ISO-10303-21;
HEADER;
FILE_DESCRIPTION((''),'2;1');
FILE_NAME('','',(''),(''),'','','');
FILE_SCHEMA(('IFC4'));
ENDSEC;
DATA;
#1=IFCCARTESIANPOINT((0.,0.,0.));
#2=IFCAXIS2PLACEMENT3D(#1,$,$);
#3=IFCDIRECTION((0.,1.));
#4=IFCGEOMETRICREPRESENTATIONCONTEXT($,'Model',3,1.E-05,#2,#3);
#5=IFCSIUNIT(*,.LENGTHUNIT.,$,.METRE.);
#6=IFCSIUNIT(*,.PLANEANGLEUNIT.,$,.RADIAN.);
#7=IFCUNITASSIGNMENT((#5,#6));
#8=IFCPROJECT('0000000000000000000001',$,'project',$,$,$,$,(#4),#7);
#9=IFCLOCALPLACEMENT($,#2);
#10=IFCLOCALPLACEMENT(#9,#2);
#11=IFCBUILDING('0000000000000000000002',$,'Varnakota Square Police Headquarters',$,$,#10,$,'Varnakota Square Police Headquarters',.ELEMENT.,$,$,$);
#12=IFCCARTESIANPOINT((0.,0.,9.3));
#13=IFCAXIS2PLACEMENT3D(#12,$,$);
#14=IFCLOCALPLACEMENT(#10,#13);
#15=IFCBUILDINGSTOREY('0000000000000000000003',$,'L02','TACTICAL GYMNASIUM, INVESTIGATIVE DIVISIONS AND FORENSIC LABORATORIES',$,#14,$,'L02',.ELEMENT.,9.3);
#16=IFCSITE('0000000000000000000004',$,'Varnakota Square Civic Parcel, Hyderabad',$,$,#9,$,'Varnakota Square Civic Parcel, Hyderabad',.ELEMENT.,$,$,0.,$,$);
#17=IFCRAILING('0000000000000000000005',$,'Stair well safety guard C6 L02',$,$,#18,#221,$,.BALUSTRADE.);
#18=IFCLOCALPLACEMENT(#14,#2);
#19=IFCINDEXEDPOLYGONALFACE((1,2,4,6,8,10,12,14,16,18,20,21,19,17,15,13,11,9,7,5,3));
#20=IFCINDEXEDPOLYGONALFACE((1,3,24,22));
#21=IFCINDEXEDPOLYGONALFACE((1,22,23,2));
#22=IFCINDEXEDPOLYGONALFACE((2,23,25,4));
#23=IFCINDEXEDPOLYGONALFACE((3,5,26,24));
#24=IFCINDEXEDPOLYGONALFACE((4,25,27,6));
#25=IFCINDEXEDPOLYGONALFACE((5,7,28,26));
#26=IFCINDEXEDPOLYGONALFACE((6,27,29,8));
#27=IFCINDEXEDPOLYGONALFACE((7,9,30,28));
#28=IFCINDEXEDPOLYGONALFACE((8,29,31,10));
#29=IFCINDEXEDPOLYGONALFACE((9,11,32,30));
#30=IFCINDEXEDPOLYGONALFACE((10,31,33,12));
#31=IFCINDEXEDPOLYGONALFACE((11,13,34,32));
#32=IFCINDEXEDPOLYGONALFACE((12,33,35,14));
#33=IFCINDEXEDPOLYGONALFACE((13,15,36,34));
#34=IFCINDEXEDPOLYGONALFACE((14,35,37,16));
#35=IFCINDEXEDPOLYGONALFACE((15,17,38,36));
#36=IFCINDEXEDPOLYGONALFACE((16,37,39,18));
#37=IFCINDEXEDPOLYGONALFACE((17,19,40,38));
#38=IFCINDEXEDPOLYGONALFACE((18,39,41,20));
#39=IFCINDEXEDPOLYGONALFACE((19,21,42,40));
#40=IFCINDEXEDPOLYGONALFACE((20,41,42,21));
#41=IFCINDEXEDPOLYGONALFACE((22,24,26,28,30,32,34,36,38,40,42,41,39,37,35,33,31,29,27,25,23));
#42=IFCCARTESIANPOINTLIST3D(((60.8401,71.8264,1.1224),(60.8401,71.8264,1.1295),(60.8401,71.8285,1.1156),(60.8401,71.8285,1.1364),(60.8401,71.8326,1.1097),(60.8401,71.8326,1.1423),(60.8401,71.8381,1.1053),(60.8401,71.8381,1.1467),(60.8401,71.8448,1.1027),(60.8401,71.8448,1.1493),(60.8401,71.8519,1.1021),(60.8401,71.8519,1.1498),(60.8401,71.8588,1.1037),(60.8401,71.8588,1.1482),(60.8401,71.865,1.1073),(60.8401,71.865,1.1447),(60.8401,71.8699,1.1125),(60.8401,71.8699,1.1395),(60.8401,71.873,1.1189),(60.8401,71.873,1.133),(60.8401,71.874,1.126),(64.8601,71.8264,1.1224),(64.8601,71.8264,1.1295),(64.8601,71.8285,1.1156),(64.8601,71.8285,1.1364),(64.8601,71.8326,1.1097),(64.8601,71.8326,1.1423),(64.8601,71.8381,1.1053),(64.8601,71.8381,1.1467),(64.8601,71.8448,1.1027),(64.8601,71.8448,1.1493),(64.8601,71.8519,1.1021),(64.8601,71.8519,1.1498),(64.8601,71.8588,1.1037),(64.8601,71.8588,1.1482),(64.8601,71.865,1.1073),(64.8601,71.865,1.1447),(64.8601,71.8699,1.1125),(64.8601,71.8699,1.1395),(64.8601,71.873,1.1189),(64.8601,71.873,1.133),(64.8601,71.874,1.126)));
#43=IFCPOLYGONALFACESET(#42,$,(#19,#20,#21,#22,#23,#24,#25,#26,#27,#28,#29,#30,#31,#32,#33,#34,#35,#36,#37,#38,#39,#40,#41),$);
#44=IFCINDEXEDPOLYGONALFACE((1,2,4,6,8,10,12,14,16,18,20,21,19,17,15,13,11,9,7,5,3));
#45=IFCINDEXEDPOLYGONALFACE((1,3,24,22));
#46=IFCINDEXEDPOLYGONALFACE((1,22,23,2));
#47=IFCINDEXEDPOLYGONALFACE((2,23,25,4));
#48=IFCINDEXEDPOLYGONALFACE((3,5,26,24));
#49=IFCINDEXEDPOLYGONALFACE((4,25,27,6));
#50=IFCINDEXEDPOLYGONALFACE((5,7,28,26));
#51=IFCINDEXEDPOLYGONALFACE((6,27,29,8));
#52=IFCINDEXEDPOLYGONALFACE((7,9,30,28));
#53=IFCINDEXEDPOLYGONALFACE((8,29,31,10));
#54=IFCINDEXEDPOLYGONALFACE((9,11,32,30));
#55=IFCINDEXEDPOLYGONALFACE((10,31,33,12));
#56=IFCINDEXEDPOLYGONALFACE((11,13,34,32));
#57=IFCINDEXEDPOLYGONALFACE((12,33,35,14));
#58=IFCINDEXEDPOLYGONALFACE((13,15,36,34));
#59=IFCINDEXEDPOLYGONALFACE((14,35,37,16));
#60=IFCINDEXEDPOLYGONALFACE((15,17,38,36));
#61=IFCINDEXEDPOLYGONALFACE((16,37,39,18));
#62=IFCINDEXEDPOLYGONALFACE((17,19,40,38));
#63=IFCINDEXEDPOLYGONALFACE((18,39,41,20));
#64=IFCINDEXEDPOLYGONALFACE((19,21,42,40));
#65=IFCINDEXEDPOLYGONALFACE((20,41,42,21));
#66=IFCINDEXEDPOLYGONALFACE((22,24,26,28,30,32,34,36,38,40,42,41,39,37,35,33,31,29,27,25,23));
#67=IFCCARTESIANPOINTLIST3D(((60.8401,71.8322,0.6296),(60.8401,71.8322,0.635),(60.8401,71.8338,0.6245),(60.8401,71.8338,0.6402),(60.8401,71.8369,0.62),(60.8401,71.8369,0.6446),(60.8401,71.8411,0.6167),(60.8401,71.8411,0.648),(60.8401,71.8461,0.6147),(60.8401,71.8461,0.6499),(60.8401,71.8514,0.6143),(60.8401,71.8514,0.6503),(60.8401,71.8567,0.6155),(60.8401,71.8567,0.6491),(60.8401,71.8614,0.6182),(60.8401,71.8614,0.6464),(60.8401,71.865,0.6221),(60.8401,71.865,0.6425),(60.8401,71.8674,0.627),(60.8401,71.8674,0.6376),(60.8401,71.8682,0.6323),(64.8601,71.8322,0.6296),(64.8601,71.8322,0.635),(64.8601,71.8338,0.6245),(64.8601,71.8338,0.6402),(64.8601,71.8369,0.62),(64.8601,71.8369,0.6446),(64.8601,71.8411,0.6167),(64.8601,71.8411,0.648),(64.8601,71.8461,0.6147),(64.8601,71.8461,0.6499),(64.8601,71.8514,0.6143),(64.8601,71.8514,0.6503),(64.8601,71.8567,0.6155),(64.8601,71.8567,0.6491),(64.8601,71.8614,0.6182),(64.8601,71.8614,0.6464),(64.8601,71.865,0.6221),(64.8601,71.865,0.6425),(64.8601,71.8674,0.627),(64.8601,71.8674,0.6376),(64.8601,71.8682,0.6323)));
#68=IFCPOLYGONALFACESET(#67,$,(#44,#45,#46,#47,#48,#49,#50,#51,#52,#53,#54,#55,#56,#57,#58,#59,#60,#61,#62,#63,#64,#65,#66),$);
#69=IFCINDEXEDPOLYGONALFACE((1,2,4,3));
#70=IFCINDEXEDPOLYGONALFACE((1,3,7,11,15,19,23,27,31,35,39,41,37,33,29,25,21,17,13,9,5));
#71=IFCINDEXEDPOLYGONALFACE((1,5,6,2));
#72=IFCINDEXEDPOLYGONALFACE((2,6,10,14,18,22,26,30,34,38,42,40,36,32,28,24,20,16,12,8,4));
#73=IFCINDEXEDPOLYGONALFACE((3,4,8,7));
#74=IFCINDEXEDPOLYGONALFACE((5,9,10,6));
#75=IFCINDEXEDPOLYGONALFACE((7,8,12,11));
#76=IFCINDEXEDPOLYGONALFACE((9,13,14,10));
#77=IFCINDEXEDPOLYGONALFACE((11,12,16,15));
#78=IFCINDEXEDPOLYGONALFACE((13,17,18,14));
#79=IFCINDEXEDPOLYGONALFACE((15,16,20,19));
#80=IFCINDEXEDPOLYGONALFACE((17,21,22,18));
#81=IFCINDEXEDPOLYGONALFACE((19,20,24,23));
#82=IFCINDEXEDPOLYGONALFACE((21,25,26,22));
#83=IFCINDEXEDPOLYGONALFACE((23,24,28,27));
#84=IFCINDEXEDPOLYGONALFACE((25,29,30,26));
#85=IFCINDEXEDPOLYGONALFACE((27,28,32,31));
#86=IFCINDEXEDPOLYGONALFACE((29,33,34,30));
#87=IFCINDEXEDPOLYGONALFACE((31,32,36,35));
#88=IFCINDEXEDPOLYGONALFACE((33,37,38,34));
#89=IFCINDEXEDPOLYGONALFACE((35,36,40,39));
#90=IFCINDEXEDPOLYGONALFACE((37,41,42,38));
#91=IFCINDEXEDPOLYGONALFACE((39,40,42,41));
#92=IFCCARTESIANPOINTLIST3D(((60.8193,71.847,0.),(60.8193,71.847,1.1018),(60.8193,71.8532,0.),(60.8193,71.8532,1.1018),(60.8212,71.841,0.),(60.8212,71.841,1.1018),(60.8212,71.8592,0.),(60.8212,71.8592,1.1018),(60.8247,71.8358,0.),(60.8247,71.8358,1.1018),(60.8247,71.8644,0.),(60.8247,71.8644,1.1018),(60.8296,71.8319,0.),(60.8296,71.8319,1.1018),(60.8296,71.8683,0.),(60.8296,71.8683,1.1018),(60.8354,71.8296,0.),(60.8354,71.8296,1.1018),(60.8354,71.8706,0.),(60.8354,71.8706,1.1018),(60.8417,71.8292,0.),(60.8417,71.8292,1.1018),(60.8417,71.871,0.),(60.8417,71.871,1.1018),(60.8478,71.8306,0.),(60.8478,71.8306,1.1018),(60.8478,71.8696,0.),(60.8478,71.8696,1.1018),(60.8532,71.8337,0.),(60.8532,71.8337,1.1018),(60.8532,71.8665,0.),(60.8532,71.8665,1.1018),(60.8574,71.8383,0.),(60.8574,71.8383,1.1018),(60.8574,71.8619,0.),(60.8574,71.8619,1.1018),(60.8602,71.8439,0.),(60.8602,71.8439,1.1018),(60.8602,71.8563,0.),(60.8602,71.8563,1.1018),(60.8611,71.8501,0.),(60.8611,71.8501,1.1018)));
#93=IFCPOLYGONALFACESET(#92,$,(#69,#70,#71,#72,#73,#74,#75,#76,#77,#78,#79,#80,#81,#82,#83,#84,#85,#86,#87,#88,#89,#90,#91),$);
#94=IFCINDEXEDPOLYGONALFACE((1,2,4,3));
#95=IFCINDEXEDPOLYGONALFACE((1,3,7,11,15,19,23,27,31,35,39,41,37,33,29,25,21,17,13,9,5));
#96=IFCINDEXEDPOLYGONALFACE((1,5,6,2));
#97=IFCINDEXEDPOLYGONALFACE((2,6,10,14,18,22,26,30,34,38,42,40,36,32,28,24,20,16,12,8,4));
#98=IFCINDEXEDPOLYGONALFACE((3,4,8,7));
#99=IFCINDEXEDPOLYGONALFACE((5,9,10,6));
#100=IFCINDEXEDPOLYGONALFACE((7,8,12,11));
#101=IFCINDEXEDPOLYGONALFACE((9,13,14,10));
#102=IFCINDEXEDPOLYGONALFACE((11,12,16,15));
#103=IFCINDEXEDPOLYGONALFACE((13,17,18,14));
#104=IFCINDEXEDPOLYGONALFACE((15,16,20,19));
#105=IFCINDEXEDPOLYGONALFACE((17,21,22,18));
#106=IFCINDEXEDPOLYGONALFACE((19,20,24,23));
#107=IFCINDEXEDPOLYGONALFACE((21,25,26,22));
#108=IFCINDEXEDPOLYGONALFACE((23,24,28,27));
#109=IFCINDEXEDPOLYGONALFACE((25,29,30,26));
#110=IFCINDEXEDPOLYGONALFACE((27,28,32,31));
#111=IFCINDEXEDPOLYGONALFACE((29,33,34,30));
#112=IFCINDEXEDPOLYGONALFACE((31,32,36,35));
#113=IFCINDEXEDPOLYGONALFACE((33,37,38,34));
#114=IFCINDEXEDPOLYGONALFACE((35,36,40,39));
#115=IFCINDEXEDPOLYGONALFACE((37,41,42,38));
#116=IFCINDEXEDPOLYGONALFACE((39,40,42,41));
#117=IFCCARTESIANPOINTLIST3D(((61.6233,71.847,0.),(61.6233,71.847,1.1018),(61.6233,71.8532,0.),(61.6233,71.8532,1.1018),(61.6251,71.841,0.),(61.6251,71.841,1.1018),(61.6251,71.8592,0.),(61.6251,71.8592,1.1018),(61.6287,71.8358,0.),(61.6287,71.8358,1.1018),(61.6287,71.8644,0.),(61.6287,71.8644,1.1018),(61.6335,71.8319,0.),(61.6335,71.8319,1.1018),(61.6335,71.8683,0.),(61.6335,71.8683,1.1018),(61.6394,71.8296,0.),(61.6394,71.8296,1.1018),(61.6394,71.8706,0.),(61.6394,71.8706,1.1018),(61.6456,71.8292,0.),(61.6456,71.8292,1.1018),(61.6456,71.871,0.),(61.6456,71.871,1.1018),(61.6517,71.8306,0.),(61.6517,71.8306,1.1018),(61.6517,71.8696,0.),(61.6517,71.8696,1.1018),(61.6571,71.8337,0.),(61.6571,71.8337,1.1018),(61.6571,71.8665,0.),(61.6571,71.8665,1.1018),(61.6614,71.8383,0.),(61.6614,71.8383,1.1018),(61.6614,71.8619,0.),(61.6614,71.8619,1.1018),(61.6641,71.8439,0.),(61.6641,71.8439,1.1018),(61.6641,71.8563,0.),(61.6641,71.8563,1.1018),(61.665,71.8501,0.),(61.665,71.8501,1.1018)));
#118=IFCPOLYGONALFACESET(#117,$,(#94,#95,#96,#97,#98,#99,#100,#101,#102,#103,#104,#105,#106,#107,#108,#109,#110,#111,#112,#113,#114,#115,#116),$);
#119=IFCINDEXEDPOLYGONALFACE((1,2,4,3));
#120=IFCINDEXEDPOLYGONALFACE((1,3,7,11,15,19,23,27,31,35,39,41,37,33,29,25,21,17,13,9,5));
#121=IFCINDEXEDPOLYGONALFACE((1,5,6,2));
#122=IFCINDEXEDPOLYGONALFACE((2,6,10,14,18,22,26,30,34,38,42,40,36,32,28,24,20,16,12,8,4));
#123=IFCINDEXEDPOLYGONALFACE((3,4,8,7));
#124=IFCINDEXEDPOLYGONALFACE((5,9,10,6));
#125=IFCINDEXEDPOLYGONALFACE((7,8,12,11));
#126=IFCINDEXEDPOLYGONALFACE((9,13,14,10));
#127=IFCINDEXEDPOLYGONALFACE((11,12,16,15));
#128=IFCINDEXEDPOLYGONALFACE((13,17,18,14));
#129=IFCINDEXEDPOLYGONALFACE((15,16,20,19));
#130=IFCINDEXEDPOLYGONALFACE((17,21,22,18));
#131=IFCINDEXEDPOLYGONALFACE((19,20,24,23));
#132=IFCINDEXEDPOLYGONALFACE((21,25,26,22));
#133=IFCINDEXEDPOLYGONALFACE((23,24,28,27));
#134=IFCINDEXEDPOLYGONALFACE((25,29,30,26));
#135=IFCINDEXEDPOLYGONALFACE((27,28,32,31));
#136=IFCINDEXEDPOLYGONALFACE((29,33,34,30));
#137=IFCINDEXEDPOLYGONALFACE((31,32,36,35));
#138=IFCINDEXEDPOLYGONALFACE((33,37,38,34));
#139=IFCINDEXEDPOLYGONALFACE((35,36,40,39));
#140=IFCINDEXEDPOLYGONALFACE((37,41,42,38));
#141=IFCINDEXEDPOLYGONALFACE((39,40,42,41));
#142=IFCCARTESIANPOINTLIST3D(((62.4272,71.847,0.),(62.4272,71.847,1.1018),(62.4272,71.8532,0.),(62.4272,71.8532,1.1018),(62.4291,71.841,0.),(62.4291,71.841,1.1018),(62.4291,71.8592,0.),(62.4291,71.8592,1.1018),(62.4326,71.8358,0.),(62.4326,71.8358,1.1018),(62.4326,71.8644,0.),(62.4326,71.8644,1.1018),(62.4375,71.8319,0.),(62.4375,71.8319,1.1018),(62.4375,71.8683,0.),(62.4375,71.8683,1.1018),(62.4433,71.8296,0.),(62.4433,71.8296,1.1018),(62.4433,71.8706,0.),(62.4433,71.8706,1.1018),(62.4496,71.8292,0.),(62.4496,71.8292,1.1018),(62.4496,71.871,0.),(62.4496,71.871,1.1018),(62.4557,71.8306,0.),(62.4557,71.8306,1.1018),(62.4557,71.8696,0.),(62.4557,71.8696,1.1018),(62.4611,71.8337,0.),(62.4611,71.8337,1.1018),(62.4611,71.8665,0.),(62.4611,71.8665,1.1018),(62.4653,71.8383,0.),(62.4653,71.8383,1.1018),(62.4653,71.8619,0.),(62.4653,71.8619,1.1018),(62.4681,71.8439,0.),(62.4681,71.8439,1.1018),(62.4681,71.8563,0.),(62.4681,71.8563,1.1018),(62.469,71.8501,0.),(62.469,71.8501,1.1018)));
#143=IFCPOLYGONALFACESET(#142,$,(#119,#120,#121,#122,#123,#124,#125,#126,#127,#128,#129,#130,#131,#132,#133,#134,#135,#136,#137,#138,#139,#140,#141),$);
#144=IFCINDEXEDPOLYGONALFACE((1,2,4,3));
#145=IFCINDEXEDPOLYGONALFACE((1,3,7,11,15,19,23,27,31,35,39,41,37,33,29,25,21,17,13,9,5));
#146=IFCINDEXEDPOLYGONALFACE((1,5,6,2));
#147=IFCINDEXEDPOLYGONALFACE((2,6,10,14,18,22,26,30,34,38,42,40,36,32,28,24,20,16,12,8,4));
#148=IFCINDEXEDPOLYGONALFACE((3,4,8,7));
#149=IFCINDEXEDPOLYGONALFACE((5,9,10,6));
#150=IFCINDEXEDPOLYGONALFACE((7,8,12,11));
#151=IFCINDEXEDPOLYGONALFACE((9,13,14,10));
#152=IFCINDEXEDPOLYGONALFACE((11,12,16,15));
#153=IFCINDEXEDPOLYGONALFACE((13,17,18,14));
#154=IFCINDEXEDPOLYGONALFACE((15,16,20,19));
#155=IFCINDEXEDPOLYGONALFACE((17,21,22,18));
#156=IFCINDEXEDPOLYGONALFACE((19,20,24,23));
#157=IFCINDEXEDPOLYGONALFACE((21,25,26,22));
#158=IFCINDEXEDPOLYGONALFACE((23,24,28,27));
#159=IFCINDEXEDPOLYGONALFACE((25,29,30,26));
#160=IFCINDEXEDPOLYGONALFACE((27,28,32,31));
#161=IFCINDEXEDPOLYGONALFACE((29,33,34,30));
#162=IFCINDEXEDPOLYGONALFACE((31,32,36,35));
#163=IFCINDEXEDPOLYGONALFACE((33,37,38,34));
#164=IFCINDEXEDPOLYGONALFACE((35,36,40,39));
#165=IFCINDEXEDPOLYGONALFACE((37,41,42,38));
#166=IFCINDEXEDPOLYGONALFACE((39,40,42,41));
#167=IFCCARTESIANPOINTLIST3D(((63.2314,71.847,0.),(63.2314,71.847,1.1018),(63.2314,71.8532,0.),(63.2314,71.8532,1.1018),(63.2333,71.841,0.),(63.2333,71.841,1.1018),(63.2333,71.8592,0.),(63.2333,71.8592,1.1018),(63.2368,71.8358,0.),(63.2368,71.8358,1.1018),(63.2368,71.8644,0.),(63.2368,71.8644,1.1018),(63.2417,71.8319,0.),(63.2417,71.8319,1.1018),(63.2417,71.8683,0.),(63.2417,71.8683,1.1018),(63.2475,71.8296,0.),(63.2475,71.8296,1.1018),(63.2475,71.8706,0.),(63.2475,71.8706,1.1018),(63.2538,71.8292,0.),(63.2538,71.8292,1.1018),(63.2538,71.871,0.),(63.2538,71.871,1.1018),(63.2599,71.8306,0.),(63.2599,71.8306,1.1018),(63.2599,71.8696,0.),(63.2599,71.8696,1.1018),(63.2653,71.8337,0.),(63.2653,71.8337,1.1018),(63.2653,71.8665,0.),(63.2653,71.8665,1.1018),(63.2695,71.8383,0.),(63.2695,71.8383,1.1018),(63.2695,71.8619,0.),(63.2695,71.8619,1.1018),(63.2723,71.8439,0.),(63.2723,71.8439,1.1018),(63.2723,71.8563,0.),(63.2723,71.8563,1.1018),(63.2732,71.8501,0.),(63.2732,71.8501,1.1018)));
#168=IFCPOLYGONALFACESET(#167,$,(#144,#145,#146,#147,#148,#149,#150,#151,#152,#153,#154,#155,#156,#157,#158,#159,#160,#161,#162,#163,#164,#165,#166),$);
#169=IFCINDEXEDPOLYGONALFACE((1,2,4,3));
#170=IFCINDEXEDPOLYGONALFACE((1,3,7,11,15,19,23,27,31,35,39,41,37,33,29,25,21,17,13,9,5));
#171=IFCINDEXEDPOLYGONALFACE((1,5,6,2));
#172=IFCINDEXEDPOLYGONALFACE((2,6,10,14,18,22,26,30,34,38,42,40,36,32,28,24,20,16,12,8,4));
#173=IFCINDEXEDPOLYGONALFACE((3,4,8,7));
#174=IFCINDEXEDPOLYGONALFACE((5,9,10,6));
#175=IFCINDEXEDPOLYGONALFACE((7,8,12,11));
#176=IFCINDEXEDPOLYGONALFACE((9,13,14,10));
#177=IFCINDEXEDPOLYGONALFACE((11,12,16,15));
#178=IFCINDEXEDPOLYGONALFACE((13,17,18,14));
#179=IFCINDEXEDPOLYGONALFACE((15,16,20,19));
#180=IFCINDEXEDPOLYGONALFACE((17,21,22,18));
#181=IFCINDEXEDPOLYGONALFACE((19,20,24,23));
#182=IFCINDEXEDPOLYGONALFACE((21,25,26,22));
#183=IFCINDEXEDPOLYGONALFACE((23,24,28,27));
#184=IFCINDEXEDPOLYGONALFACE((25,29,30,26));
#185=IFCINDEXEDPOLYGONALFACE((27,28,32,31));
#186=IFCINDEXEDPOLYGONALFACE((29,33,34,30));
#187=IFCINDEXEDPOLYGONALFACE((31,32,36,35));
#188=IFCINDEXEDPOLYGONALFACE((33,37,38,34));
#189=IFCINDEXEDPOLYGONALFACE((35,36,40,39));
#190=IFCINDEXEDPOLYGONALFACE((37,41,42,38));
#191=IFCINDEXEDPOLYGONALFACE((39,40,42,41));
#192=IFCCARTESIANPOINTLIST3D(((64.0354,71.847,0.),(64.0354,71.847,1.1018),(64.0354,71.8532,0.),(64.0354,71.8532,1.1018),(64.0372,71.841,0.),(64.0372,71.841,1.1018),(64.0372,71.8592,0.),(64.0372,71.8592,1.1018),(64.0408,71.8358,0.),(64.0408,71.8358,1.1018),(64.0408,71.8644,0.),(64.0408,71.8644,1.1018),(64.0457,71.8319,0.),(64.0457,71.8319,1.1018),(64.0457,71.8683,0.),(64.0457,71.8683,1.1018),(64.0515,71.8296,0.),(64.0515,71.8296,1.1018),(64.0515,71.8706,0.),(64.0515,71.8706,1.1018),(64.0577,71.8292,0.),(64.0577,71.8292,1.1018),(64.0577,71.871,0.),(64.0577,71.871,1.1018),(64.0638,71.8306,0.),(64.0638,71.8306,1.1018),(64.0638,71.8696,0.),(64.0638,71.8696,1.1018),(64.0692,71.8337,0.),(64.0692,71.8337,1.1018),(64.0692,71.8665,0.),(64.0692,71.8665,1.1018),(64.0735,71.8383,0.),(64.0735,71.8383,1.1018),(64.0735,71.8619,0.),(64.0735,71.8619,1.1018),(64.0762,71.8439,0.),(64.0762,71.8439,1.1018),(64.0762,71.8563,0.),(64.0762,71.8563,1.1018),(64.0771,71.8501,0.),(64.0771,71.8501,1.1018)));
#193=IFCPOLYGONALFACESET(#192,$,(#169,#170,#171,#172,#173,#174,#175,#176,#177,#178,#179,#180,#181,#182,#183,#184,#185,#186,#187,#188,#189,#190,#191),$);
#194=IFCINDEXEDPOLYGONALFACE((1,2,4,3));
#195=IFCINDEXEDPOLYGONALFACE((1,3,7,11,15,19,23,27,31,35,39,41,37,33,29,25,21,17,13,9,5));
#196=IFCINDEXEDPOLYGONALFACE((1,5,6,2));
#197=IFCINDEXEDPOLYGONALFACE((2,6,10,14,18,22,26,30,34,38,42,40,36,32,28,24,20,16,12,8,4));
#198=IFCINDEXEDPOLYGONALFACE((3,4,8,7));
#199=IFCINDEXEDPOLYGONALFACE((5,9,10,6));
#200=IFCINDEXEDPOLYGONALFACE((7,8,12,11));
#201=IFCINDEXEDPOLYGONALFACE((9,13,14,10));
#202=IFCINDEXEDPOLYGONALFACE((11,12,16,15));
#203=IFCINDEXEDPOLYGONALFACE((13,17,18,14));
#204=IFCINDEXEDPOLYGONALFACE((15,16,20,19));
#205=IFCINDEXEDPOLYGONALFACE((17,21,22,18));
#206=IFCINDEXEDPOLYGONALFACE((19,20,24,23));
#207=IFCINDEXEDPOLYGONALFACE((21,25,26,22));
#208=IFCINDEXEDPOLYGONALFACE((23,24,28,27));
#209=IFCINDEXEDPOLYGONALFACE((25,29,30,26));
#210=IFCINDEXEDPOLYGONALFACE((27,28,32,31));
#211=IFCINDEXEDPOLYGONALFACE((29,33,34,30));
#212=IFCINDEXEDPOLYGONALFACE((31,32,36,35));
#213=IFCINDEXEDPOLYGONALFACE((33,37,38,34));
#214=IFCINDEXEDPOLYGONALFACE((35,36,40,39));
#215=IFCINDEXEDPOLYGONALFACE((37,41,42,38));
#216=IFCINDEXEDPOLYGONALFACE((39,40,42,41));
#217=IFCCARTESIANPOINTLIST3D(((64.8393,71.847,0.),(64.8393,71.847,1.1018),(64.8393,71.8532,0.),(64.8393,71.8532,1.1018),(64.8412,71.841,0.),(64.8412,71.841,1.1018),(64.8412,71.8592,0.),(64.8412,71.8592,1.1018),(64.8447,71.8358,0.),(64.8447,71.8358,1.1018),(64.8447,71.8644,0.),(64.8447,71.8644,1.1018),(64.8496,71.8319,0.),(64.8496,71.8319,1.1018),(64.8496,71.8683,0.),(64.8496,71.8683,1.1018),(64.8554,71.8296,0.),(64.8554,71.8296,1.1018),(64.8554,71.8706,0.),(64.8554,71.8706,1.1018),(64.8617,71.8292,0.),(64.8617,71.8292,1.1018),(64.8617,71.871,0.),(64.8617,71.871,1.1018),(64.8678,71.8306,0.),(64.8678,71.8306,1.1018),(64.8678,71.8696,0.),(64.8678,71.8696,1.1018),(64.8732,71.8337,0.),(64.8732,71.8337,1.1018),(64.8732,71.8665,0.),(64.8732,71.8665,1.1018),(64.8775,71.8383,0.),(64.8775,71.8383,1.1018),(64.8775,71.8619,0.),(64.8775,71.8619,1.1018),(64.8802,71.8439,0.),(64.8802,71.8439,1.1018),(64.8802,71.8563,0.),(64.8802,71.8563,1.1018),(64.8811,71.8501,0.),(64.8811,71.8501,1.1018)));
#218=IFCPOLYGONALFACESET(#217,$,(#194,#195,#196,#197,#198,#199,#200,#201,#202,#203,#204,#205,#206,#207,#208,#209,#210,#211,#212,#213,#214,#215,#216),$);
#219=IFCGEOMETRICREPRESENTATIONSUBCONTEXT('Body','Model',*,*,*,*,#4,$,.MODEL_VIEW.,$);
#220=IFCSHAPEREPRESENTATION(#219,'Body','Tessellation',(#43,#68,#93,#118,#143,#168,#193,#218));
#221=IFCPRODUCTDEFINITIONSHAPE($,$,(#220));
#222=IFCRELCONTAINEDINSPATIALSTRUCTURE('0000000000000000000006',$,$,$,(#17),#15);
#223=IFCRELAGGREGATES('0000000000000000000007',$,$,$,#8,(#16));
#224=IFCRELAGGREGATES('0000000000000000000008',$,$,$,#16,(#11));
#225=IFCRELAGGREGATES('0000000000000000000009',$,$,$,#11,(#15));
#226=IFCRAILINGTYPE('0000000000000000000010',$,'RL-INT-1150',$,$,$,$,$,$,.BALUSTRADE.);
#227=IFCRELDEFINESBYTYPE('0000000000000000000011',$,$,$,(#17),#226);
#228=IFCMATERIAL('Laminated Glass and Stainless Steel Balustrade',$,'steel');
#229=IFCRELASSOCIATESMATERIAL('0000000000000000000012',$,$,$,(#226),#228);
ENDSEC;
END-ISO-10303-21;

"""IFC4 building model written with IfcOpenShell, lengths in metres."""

from ifc_helpers import new_model, si_unit, direction, frame, origin, origin_2d, place, context, subcontext, project, spatial, circle, extrude, material, type_object, element, save


model = new_model("IFC4")

# Units and contexts
model_context = context("Model", 3, precision=1e-05, world=origin(), true_north=direction((0.0, 1.0)))
body_context = subcontext(model_context, "Body", "Model", "MODEL_VIEW")
ifc_project = project(units=[si_unit("LENGTHUNIT", "METRE"), si_unit("PLANEANGLEUNIT", "RADIAN")], contexts=[model_context])

# Site, building, storey
site_placement = place(None, origin())
site = spatial("IfcSite", under=ifc_project, at=site_placement, Name="Varnakota Square Civic Parcel, Hyderabad", LongName="Varnakota Square Civic Parcel, Hyderabad", CompositionType="ELEMENT", RefElevation=0.0)
building_placement = place(site_placement, origin())
building = spatial("IfcBuilding", under=site, at=building_placement, Name="Varnakota Square Police Headquarters", LongName="Varnakota Square Police Headquarters", CompositionType="ELEMENT")
storey_placement = place(building_placement, frame((0.0, 0.0, 9.3)))
storey = spatial("IfcBuildingStorey", under=building, at=storey_placement, Name="L02", Description="TACTICAL GYMNASIUM, INVESTIGATIVE DIVISIONS AND FORENSIC LABORATORIES", LongName="L02", CompositionType="ELEMENT", Elevation=9.3)

# Railing
ifc_material_1 = material(Name="Laminated Glass and Stainless Steel Balustrade", Category="steel")
railing_type_1 = type_object("IfcRailingType", Name="RL-INT-1150", PredefinedType="BALUSTRADE", material=ifc_material_1)
railing_1_placement = place(storey_placement, frame((60.8401, 71.8501, 0.0)))
element("IfcRailing", 1, at=railing_1_placement, inside=storey, type_object=railing_type_1, Name="Stair well safety guard C6 L02", PredefinedType="BALUSTRADE", context=body_context, shape_type="SweptSolid", body=[
    extrude(circle(Radius=0.0239, at=origin_2d()), frame((0.0, 0.0, 1.126), z_axis=(1.0, 0.0, 0.0), x_axis=(0.0, 1.0, 0.0)), (0.0, 0.0, 1.0), 4.02),
    extrude(circle(Radius=0.0181, at=origin_2d()), frame((0.0, 0.0, 0.6323), z_axis=(1.0, 0.0, 0.0), x_axis=(0.0, 1.0, 0.0)), (0.0, 0.0, 1.0), 4.02),
    extrude(circle(Radius=0.021, at=origin_2d()), origin(), (0.0, 0.0, 1.0), 1.1018),
    extrude(circle(Radius=0.021, at=origin_2d()), frame((0.804, 0.0, 0.0)), (0.0, 0.0, 1.0), 1.1018),
    extrude(circle(Radius=0.021, at=origin_2d()), frame((1.6079, 0.0, 0.0)), (0.0, 0.0, 1.0), 1.1018),
    extrude(circle(Radius=0.021, at=origin_2d()), frame((2.4121, 0.0, 0.0)), (0.0, 0.0, 1.0), 1.1018),
    extrude(circle(Radius=0.021, at=origin_2d()), frame((3.2161, 0.0, 0.0)), (0.0, 0.0, 1.0), 1.1018),
    extrude(circle(Radius=0.021, at=origin_2d()), frame((4.02, 0.0, 0.0)), (0.0, 0.0, 1.0), 1.1018),
])

save(model, "model.ifc")
